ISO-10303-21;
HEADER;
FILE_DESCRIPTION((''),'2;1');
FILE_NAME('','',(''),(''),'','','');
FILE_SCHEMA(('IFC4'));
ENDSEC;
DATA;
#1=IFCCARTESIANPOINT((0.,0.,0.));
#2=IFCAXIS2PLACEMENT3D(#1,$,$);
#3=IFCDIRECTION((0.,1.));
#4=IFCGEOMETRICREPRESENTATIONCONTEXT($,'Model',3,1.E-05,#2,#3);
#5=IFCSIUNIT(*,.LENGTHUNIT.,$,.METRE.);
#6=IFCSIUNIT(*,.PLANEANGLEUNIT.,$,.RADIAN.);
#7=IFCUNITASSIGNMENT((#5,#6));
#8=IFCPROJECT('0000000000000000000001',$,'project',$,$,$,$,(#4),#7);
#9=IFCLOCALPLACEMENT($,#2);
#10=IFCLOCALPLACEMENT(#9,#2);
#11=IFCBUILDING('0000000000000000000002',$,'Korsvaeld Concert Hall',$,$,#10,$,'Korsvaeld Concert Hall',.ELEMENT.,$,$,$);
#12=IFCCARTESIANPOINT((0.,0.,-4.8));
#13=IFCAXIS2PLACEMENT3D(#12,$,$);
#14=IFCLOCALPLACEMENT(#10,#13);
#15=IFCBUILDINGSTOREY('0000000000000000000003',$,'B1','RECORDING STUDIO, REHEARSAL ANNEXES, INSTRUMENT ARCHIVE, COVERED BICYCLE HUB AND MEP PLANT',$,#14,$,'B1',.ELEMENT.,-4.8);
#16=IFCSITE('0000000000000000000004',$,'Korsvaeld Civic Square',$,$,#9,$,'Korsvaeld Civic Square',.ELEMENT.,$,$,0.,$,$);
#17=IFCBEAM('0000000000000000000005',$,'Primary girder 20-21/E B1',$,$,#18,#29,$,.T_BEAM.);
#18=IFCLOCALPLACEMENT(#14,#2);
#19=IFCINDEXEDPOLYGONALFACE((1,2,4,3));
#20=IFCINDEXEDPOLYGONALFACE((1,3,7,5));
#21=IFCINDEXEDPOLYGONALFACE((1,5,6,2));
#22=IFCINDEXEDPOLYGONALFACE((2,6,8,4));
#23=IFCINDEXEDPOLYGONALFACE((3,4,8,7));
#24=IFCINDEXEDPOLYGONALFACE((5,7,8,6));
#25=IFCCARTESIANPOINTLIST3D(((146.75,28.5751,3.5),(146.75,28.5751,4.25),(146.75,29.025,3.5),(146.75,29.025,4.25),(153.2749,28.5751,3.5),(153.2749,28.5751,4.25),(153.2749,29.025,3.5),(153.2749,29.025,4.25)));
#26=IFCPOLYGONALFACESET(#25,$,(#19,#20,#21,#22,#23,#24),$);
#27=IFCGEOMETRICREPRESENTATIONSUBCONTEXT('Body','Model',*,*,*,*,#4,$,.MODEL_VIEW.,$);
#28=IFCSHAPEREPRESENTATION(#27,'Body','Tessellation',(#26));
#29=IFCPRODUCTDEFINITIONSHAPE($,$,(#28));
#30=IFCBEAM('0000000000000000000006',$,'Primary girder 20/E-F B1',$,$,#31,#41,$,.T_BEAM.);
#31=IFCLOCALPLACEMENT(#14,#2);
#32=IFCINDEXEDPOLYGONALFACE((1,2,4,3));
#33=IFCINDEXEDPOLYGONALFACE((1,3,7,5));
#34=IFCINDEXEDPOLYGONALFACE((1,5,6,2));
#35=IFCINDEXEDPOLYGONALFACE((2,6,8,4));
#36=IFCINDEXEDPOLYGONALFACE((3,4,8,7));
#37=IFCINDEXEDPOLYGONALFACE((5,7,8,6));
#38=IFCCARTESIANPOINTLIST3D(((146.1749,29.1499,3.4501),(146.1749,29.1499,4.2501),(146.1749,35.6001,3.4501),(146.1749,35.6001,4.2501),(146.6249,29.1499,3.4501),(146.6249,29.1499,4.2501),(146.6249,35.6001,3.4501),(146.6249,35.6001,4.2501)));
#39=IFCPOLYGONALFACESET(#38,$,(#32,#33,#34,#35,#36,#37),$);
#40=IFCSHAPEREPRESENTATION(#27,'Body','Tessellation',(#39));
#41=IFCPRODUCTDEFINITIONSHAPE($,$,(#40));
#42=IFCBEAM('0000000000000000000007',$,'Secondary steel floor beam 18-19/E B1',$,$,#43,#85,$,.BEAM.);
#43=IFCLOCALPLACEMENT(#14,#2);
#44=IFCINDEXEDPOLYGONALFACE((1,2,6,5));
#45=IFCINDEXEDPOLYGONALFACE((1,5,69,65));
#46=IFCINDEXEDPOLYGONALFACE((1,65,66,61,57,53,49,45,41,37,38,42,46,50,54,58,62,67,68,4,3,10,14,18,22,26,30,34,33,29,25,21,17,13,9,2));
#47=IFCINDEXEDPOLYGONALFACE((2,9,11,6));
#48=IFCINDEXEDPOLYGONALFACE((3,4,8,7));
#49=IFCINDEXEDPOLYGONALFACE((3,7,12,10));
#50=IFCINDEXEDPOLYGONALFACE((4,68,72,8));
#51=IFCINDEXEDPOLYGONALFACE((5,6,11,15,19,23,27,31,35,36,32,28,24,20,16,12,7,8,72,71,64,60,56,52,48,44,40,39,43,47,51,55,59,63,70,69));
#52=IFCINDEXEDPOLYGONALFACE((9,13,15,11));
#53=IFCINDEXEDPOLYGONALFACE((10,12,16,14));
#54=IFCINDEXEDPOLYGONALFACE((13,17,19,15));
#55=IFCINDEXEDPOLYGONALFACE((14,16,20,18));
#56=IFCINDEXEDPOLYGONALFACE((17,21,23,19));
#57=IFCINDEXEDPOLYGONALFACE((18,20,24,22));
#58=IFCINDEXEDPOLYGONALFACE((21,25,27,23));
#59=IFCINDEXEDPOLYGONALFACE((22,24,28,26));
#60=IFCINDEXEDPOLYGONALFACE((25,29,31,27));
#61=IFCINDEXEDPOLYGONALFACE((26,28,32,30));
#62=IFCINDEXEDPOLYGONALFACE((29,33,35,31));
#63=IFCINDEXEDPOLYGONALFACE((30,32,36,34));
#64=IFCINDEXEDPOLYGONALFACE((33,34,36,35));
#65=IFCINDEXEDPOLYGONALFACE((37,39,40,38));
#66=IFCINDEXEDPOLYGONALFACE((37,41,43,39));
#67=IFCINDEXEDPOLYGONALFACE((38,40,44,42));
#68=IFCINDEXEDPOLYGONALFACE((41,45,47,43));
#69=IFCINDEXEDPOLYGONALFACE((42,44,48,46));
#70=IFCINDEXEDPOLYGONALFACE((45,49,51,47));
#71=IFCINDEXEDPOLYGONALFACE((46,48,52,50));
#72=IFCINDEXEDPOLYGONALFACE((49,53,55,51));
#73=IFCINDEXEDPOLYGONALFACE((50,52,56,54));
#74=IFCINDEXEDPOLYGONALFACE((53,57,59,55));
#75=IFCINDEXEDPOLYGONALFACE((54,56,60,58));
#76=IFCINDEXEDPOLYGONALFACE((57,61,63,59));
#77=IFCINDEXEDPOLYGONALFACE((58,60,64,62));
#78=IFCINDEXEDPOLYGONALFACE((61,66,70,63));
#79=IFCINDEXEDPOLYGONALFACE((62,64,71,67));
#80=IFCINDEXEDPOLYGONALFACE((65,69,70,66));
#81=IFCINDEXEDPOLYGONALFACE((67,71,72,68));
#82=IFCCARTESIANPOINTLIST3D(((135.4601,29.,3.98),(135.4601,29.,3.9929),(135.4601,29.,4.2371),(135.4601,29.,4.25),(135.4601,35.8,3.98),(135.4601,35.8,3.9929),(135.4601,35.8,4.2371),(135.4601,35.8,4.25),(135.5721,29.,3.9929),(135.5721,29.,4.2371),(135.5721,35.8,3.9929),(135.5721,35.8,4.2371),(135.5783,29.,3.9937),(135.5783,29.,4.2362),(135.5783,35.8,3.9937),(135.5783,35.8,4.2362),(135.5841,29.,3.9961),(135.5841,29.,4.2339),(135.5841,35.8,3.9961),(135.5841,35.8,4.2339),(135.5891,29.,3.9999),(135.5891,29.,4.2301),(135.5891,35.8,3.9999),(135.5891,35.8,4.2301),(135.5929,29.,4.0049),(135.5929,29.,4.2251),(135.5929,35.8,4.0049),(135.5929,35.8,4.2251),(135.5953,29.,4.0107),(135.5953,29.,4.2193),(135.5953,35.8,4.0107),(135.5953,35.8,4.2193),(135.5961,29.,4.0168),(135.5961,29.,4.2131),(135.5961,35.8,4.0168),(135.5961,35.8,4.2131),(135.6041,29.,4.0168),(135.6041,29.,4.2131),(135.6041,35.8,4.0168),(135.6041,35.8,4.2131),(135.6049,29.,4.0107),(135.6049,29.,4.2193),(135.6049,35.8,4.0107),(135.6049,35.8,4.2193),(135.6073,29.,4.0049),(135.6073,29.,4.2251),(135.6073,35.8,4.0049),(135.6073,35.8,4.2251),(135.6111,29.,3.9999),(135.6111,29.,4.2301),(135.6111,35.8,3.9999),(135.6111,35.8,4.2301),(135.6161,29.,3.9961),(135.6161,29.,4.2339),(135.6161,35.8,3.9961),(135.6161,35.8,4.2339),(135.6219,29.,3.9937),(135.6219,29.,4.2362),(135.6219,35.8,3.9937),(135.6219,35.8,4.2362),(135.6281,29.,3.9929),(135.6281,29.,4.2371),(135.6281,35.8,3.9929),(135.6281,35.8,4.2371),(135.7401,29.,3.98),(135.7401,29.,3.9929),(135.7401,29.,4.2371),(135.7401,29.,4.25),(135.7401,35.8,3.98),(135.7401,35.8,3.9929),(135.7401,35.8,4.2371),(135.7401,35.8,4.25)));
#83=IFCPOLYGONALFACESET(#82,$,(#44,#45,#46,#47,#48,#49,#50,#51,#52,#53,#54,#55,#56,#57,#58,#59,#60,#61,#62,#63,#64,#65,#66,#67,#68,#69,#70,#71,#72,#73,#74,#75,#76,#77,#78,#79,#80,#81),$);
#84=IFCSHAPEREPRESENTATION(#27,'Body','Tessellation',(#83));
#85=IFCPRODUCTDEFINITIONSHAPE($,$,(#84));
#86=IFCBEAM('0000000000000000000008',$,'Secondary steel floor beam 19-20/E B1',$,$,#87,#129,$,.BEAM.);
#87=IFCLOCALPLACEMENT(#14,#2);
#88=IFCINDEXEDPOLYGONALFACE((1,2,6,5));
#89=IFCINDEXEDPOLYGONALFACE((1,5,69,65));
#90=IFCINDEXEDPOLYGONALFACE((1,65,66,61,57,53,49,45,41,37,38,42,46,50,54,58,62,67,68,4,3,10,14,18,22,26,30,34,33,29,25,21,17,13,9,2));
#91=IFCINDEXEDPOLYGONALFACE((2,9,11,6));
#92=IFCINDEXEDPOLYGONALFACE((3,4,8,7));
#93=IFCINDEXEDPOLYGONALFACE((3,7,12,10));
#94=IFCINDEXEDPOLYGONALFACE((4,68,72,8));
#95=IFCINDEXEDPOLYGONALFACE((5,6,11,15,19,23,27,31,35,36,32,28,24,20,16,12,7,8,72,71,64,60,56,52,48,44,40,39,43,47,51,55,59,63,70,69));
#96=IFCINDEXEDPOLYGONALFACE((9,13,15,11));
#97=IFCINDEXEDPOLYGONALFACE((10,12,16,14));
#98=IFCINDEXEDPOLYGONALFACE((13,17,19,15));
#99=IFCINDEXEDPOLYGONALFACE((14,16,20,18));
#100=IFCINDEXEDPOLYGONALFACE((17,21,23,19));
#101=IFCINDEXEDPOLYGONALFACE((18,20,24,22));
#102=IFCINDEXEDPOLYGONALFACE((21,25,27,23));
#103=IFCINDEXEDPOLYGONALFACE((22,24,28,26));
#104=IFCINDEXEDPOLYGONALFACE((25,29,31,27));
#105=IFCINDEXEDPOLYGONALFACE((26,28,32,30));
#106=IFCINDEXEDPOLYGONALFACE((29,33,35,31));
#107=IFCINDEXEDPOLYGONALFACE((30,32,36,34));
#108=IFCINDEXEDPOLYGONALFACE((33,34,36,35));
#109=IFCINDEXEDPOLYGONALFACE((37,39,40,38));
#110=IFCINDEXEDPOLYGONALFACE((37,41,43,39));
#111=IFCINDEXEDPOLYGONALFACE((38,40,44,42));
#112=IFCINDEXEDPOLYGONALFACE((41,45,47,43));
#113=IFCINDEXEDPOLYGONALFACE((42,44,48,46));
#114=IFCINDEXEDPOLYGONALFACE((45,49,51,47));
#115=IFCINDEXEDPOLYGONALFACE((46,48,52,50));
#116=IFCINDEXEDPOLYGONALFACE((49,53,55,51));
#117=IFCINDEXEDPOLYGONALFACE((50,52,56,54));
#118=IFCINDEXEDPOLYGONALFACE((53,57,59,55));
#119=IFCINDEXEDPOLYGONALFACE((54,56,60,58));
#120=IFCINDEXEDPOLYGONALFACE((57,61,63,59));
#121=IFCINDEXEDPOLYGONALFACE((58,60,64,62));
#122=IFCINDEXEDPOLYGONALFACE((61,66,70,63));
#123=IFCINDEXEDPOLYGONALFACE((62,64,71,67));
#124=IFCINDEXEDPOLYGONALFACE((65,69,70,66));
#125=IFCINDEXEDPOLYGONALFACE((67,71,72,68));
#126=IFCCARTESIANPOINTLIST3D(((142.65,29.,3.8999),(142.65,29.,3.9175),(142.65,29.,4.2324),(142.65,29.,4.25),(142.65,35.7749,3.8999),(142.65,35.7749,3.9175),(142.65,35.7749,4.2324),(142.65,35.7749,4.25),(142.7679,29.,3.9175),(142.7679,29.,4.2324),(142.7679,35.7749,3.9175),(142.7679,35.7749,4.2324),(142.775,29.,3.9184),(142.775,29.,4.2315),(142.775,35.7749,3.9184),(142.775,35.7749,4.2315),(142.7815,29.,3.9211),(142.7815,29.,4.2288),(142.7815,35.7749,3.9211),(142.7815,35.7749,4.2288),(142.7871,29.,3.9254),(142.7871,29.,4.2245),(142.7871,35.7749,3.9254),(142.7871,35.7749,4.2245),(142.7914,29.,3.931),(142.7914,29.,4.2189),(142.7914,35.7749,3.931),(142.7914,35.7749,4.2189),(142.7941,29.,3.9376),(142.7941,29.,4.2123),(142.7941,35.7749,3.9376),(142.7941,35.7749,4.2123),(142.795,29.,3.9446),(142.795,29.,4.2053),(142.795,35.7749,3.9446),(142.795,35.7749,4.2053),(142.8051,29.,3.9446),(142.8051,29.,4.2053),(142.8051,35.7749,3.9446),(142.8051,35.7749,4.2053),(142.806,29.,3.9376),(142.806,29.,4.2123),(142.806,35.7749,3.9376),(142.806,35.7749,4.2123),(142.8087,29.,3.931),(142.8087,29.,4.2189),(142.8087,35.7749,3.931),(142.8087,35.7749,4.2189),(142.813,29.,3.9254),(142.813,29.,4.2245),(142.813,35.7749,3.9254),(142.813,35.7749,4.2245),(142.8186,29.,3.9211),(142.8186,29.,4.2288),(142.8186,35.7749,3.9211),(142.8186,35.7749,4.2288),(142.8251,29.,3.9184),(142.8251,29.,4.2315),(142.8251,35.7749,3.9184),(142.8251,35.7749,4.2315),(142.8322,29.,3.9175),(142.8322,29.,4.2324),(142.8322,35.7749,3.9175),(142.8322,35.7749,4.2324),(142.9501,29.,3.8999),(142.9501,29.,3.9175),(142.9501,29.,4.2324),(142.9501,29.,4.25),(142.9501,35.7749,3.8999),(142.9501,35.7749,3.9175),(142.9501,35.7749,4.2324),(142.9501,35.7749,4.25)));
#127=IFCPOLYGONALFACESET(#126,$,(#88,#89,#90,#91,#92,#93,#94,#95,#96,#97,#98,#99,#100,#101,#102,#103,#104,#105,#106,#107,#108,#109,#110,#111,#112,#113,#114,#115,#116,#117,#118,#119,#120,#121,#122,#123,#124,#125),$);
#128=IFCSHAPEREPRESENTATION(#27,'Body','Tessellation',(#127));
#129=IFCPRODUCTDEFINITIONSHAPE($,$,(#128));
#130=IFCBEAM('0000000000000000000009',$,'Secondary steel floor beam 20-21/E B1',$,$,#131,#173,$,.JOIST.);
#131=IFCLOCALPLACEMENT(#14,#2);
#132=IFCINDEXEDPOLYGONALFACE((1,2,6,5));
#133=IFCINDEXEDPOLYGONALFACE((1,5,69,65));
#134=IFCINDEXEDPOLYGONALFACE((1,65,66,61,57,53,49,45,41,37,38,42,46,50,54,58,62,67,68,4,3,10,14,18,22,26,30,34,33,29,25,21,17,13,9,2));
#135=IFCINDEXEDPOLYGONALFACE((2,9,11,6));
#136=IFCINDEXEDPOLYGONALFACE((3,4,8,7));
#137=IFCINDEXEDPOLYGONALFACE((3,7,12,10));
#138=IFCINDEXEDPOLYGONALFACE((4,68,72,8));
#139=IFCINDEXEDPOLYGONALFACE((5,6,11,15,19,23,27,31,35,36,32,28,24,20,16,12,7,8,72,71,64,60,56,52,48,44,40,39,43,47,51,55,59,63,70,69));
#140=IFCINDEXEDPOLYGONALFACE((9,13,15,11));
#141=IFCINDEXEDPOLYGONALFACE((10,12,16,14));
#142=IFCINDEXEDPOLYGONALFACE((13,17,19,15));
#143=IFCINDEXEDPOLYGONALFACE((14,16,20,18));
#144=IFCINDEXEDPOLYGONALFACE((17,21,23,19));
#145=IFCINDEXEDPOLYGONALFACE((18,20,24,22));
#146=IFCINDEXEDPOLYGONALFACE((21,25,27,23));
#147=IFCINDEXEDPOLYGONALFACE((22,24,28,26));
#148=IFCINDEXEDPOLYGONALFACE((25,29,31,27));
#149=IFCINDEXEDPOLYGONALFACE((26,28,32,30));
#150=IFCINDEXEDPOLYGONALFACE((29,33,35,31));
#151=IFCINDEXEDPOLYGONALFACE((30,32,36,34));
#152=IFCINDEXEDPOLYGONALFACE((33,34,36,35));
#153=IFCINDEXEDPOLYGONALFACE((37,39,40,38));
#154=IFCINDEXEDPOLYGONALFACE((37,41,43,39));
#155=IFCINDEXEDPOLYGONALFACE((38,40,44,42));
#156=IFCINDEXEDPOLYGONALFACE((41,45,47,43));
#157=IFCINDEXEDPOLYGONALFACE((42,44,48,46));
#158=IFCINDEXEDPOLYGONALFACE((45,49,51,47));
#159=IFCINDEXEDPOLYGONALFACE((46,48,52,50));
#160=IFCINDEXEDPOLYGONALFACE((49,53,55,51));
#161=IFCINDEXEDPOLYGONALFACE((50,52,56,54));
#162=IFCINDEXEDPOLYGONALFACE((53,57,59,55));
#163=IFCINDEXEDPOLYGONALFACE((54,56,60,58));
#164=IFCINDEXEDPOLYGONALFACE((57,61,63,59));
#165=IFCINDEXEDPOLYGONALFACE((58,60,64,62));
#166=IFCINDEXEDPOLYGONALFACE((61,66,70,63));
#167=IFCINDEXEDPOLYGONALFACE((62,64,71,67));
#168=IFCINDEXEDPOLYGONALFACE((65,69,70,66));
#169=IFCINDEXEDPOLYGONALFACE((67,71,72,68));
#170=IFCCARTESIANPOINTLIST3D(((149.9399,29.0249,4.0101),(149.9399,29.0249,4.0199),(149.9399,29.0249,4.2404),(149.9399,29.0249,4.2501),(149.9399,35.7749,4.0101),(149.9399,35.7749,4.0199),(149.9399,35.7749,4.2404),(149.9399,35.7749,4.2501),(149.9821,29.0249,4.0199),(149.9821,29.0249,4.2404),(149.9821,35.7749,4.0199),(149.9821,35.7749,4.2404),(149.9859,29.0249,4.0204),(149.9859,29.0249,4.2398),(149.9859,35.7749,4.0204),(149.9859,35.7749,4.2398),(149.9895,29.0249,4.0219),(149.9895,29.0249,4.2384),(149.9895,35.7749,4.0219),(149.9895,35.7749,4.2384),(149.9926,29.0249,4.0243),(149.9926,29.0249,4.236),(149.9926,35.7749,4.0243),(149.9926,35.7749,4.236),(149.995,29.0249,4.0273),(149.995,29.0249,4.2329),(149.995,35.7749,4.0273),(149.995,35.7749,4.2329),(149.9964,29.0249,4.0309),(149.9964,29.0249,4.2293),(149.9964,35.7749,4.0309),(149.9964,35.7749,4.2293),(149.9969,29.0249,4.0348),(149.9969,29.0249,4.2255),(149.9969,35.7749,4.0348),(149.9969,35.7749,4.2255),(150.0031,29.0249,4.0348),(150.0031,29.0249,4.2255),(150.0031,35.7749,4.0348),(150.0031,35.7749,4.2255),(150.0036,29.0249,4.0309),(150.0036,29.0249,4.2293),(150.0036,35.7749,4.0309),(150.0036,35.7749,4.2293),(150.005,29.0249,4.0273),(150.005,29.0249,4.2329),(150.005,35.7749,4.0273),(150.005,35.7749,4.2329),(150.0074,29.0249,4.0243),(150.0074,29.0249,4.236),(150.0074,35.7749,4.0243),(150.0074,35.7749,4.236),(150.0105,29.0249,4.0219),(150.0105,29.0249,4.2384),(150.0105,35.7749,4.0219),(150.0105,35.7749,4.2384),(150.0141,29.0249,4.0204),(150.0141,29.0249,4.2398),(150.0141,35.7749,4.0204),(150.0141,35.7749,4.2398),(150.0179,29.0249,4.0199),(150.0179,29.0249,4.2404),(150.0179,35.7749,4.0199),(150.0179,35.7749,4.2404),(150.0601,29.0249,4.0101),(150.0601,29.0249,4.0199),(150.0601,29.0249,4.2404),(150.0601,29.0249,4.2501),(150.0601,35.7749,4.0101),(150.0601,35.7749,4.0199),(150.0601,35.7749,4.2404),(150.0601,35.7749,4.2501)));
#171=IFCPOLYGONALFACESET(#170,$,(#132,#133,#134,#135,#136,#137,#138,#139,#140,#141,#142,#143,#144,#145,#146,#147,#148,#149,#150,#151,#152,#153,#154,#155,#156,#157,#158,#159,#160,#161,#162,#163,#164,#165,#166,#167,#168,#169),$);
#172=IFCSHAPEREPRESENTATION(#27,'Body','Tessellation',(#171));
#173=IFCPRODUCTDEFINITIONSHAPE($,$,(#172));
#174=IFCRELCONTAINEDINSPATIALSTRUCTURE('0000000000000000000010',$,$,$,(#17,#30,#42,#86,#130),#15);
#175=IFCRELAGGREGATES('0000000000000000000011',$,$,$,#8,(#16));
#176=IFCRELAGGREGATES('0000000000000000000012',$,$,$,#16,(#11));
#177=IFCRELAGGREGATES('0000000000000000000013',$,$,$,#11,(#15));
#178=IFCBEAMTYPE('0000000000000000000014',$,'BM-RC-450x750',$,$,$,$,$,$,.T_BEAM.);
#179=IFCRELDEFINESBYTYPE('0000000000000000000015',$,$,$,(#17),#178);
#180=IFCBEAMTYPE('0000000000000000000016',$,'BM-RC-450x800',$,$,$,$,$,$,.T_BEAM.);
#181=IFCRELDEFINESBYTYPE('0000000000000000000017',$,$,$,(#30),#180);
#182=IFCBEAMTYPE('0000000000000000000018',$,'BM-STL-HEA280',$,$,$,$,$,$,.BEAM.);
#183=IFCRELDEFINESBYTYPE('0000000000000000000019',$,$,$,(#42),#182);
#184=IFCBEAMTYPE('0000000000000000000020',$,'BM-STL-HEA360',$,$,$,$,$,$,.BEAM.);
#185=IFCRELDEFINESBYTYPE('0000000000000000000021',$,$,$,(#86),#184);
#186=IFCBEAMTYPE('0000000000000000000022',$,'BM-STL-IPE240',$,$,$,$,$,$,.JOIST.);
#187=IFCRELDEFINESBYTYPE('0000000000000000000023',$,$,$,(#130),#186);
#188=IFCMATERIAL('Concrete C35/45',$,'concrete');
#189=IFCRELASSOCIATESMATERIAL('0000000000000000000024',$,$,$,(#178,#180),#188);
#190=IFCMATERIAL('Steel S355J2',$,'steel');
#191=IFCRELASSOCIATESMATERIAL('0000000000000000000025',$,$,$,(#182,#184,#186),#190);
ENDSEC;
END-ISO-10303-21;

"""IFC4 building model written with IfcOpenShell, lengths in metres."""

from ifc_helpers import new_model, si_unit, direction, frame, origin, origin_2d, place, context, subcontext, project, spatial, rectangle, i_section, extrude, material, material_profile, profile_set, type_object, element, save


model = new_model("IFC4")

# Units and contexts
model_context = context("Model", 3, precision=1e-05, world=origin(), true_north=direction((0.0, 1.0)))
body_context = subcontext(model_context, "Body", "Model", "MODEL_VIEW")
ifc_project = project(units=[si_unit("LENGTHUNIT", "METRE"), si_unit("PLANEANGLEUNIT", "RADIAN")], contexts=[model_context])

# Site, building, storey
site_placement = place(None, origin())
site = spatial("IfcSite", under=ifc_project, at=site_placement, Name="Korsvaeld Civic Square", LongName="Korsvaeld Civic Square", CompositionType="ELEMENT", RefElevation=0.0)
building_placement = place(site_placement, origin())
building = spatial("IfcBuilding", under=site, at=building_placement, Name="Korsvaeld Concert Hall", LongName="Korsvaeld Concert Hall", CompositionType="ELEMENT")
storey_placement = place(building_placement, frame((0.0, 0.0, -4.8)))
storey = spatial("IfcBuildingStorey", under=building, at=storey_placement, Name="B1", Description="RECORDING STUDIO, REHEARSAL ANNEXES, INSTRUMENT ARCHIVE, COVERED BICYCLE HUB AND MEP PLANT", LongName="B1", CompositionType="ELEMENT", Elevation=-4.8)

# Shared definitions
ifc_material_1 = material(Name="Concrete C35/45", Category="concrete")

# Beams
ifc_material_profile_1 = material_profile(ifc_material_1, rectangle(XDim=0.45, YDim=0.75, at=origin_2d()), Name="RC 450x750")
ifc_profile_set_1 = profile_set([ifc_material_profile_1], Name="Concrete C35/45")
beam_type_1 = type_object("IfcBeamType", Name="BM-RC-450x750", PredefinedType="T_BEAM", material=ifc_profile_set_1)
beam_1_placement = place(storey_placement, frame((146.75, 28.8, 3.875), z_axis=(1.0, 0.0, 0.0), x_axis=(0.0, 1.0, 0.0)))
element("IfcBeam", 1, at=beam_1_placement, inside=storey, type_object=beam_type_1, Name="Primary girder 20-21/E B1", PredefinedType="T_BEAM", context=body_context, shape_type="SweptSolid", body=[
    extrude(rectangle(XDim=0.45, YDim=0.75, at=origin_2d()), origin(), (0.0, 0.0, 1.0), 6.5249),
])
ifc_material_profile_2 = material_profile(ifc_material_1, rectangle(XDim=0.45, YDim=0.8, at=origin_2d()), Name="RC 450x800")
ifc_profile_set_2 = profile_set([ifc_material_profile_2], Name="Concrete C35/45")
beam_type_2 = type_object("IfcBeamType", Name="BM-RC-450x800", PredefinedType="T_BEAM", material=ifc_profile_set_2)
beam_2_placement = place(storey_placement, frame((146.3999, 29.1499, 3.8501), z_axis=(0.0, 1.0, 0.0), x_axis=(-1.0, 0.0, 0.0)))
element("IfcBeam", 2, at=beam_2_placement, inside=storey, type_object=beam_type_2, Name="Primary girder 20/E-F B1", PredefinedType="T_BEAM", context=body_context, shape_type="SweptSolid", body=[
    extrude(rectangle(XDim=0.45, YDim=0.8, at=origin_2d()), origin(), (0.0, 0.0, 1.0), 6.4502),
])
ifc_material_2 = material(Name="Steel S355J2", Category="steel")
ifc_material_profile_3 = material_profile(ifc_material_2, i_section(OverallWidth=0.28, OverallDepth=0.27, WebThickness=0.0081, FlangeThickness=0.0129, FilletRadius=0.0239, at=origin_2d()), Name="HEA 280")
ifc_profile_set_3 = profile_set([ifc_material_profile_3], Name="Steel S355J2")
beam_type_3 = type_object("IfcBeamType", Name="BM-STL-HEA280", PredefinedType="BEAM", material=ifc_profile_set_3)
beam_3_placement = place(storey_placement, frame((135.6001, 29.0, 4.115), z_axis=(0.0, 1.0, 0.0), x_axis=(-1.0, 0.0, 0.0)))
element("IfcBeam", 3, at=beam_3_placement, inside=storey, type_object=beam_type_3, Name="Secondary steel floor beam 18-19/E B1", PredefinedType="BEAM", context=body_context, shape_type="SweptSolid", body=[
    extrude(i_section(OverallWidth=0.28, OverallDepth=0.27, WebThickness=0.0081, FlangeThickness=0.0129, FilletRadius=0.0239, at=origin_2d()), origin(), (0.0, 0.0, 1.0), 6.8),
])
ifc_material_profile_4 = material_profile(ifc_material_2, i_section(OverallWidth=0.3, OverallDepth=0.3501, WebThickness=0.01, FlangeThickness=0.0176, FilletRadius=0.0271, at=origin_2d()), Name="HEA 360")
ifc_profile_set_4 = profile_set([ifc_material_profile_4], Name="Steel S355J2")
beam_type_4 = type_object("IfcBeamType", Name="BM-STL-HEA360", PredefinedType="BEAM", material=ifc_profile_set_4)
beam_4_placement = place(storey_placement, frame((142.8, 29.0, 4.075), z_axis=(0.0, 1.0, 0.0), x_axis=(-1.0, 0.0, 0.0)))
element("IfcBeam", 4, at=beam_4_placement, inside=storey, type_object=beam_type_4, Name="Secondary steel floor beam 19-20/E B1", PredefinedType="BEAM", context=body_context, shape_type="SweptSolid", body=[
    extrude(i_section(OverallWidth=0.3, OverallDepth=0.3501, WebThickness=0.01, FlangeThickness=0.0176, FilletRadius=0.0271, at=origin_2d()), origin(), (0.0, 0.0, 1.0), 6.7749),
])
ifc_material_profile_5 = material_profile(ifc_material_2, i_section(OverallWidth=0.1201, OverallDepth=0.24, WebThickness=0.0061, FlangeThickness=0.0098, FilletRadius=0.0149, at=origin_2d()), Name="IPE 240")
ifc_profile_set_5 = profile_set([ifc_material_profile_5], Name="Steel S355J2")
beam_type_5 = type_object("IfcBeamType", Name="BM-STL-IPE240", PredefinedType="JOIST", material=ifc_profile_set_5)
beam_5_placement = place(storey_placement, frame((150.0, 29.0249, 4.1301), z_axis=(0.0, 1.0, 0.0), x_axis=(-1.0, 0.0, 0.0)))
element("IfcBeam", 5, at=beam_5_placement, inside=storey, type_object=beam_type_5, Name="Secondary steel floor beam 20-21/E B1", PredefinedType="JOIST", context=body_context, shape_type="SweptSolid", body=[
    extrude(i_section(OverallWidth=0.1201, OverallDepth=0.24, WebThickness=0.0061, FlangeThickness=0.0098, FilletRadius=0.0149, at=origin_2d()), origin(), (0.0, 0.0, 1.0), 6.75),
])

save(model, "model.ifc")
